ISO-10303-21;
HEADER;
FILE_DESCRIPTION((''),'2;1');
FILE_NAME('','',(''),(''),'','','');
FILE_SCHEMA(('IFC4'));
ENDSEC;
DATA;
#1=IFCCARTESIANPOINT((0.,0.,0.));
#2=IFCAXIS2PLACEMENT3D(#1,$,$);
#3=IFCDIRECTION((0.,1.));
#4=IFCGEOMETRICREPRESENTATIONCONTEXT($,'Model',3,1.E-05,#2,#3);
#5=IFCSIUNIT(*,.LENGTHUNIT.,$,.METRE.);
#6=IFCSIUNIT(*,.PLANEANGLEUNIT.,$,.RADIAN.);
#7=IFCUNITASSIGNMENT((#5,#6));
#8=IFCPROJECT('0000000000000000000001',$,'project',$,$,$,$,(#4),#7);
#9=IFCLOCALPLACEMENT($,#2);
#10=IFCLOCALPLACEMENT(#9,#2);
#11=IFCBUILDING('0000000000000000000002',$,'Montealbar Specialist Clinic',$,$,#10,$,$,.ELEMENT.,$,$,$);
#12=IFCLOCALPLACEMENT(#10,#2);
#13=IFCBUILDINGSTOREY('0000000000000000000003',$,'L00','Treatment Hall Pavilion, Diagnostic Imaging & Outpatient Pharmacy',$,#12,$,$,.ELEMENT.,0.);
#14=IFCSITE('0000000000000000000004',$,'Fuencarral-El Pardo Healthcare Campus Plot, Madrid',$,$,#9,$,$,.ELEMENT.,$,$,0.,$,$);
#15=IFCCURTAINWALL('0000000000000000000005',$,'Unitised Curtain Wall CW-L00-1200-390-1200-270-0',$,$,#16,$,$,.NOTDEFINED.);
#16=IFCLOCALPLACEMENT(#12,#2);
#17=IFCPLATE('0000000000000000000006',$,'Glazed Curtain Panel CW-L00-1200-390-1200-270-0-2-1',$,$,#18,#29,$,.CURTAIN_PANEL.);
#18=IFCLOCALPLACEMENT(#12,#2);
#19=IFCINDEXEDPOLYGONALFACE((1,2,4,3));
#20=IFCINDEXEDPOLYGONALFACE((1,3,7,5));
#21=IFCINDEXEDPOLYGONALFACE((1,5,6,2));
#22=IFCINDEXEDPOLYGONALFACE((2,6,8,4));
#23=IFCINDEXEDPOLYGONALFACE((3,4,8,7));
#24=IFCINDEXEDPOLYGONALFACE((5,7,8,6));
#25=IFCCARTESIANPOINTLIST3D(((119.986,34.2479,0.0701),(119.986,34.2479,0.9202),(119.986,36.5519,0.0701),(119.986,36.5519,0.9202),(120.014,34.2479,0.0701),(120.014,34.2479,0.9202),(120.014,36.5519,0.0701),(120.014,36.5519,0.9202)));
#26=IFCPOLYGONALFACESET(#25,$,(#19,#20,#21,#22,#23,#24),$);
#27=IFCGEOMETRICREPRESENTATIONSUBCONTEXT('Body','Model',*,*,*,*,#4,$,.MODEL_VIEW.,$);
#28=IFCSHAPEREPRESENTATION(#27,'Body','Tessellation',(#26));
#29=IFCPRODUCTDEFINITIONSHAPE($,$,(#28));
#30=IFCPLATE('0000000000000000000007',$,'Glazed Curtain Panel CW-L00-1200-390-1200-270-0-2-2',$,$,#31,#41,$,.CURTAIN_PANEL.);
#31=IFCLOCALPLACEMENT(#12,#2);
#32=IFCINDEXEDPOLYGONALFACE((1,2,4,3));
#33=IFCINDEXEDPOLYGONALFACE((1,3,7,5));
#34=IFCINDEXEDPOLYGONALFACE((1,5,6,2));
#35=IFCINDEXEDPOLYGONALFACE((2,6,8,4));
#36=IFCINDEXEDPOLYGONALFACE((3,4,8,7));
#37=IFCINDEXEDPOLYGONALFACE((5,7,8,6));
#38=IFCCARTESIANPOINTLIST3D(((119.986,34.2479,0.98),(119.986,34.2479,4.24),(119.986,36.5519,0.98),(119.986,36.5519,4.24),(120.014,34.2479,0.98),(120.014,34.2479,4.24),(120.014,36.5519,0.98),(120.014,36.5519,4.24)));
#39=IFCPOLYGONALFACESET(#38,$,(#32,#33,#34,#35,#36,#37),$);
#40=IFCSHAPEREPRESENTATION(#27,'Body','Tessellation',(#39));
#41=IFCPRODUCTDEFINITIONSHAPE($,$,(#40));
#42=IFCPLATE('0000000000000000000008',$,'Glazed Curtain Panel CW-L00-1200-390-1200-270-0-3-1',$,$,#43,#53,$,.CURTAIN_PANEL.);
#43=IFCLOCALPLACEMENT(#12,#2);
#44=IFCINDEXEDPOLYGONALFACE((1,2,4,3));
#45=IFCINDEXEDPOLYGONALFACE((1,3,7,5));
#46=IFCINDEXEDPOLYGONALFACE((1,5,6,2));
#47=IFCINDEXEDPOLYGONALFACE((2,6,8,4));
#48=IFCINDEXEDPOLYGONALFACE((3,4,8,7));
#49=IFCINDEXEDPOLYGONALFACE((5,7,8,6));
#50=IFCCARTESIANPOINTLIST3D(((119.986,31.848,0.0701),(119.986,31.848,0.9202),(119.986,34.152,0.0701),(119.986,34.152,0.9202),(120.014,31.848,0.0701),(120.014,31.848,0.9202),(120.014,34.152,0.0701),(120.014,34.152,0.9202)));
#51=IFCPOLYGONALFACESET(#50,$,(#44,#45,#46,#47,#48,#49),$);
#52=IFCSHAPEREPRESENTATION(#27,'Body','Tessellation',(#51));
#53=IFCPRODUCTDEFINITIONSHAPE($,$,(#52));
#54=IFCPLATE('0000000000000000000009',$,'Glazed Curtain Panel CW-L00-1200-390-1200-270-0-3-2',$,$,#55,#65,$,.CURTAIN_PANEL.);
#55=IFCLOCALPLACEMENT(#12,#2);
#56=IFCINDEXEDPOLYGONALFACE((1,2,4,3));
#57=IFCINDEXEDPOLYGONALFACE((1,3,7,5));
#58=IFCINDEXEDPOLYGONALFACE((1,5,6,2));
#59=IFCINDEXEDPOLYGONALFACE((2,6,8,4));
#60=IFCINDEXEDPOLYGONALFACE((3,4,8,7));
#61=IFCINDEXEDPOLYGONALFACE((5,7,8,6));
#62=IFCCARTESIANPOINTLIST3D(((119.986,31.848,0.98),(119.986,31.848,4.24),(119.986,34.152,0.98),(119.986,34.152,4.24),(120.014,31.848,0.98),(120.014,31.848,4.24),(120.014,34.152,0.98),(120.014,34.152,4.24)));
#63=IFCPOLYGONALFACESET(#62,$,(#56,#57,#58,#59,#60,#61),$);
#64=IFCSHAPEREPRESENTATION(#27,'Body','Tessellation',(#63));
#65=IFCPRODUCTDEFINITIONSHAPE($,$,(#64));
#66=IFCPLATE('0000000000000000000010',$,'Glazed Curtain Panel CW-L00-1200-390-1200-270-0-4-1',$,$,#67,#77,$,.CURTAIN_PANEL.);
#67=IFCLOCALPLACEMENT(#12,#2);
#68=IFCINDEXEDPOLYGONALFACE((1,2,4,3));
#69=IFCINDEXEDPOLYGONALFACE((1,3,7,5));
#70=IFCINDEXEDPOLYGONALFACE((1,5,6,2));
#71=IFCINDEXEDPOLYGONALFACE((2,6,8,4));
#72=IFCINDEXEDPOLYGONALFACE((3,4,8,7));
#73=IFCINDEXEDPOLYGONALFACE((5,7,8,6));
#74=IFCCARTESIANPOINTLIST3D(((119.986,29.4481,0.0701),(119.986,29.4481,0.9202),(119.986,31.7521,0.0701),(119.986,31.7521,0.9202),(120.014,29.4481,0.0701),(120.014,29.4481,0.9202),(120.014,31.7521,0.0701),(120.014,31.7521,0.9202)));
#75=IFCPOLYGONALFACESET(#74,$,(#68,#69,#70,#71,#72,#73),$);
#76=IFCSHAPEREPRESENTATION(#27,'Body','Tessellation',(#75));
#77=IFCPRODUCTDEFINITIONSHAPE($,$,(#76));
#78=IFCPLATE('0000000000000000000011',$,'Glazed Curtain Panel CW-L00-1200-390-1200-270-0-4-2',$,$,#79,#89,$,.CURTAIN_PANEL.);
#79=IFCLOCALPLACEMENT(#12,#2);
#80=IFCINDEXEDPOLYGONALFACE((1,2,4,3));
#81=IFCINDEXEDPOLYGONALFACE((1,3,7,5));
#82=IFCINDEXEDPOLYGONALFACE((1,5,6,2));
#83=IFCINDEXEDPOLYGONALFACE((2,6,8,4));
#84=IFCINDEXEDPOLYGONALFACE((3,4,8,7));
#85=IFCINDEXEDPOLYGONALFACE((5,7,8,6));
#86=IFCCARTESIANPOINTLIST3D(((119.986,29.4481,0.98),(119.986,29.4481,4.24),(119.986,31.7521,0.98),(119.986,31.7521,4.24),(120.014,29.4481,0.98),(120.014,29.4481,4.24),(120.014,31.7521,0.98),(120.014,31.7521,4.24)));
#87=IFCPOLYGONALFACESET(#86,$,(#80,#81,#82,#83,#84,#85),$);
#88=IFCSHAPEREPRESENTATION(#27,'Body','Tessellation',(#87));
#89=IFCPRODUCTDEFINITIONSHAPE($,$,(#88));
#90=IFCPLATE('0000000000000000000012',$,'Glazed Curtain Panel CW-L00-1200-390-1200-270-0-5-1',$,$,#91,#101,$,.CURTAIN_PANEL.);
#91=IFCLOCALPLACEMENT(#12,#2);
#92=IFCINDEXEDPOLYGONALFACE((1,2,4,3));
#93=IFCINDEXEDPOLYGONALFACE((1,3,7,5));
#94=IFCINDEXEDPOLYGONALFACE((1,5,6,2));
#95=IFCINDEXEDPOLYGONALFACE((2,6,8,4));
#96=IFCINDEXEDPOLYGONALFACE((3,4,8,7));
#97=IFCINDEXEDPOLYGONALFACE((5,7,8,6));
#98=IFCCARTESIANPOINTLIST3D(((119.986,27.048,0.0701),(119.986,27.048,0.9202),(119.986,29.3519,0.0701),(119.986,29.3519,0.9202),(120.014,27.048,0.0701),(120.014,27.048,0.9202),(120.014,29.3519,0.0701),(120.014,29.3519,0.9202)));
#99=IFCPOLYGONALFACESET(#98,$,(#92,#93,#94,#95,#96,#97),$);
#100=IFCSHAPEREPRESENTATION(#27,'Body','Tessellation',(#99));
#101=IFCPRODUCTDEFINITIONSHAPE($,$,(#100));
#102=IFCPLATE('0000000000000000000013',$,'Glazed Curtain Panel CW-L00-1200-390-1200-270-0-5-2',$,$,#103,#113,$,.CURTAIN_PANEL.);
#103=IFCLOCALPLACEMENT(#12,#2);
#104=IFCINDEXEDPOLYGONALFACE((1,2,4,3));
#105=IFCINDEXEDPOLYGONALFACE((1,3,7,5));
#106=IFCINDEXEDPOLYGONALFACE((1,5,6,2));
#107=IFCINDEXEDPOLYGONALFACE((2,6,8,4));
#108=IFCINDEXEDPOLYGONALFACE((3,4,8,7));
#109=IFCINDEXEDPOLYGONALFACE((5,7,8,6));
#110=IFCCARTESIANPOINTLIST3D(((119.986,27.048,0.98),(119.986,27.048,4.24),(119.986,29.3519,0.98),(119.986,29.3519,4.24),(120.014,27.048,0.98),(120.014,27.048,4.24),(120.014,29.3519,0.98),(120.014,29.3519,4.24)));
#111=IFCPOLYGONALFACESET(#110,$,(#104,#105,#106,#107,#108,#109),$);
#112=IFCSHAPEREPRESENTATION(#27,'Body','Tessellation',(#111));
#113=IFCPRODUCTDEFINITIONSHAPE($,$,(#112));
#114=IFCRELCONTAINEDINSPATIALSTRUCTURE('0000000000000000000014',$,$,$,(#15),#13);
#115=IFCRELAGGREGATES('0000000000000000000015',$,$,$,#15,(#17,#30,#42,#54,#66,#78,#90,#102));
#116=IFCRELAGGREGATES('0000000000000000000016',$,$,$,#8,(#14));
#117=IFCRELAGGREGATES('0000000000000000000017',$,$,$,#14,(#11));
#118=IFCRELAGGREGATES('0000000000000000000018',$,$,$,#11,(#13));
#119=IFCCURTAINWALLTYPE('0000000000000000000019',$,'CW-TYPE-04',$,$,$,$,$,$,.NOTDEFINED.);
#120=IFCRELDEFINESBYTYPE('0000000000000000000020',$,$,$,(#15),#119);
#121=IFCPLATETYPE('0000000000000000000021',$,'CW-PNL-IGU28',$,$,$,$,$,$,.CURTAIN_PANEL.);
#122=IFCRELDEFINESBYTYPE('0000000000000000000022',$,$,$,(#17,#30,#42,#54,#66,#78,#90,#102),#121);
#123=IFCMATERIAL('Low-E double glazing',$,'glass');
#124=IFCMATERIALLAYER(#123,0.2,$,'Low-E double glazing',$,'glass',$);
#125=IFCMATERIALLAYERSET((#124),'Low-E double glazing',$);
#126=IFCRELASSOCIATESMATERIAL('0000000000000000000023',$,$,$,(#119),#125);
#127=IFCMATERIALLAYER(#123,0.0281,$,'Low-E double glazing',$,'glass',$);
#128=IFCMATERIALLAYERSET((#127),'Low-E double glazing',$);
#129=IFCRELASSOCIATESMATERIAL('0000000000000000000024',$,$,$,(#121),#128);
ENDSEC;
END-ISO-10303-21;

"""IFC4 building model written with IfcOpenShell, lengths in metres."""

from ifc_helpers import new_model, si_unit, direction, frame, origin, origin_2d, place, context, subcontext, project, spatial, rectangle, extrude, material, layer, layer_set, type_object, element, aggregate, save


model = new_model("IFC4")

# Units and contexts
model_context = context("Model", 3, precision=1e-05, world=origin(), true_north=direction((0.0, 1.0)))
body_context = subcontext(model_context, "Body", "Model", "MODEL_VIEW")
ifc_project = project(units=[si_unit("LENGTHUNIT", "METRE"), si_unit("PLANEANGLEUNIT", "RADIAN")], contexts=[model_context])

# Site, building, storey
site_placement = place(None, origin())
site = spatial("IfcSite", under=ifc_project, at=site_placement, Name="Fuencarral-El Pardo Healthcare Campus Plot, Madrid", CompositionType="ELEMENT", RefElevation=0.0)
building_placement = place(site_placement, origin())
building = spatial("IfcBuilding", under=site, at=building_placement, Name="Montealbar Specialist Clinic", CompositionType="ELEMENT")
storey_placement = place(building_placement, origin())
storey = spatial("IfcBuildingStorey", under=building, at=storey_placement, Name="L00", Description="Treatment Hall Pavilion, Diagnostic Imaging & Outpatient Pharmacy", CompositionType="ELEMENT", Elevation=0.0)

# Curtain wall, plates
ifc_material_1 = material(Name="Low-E double glazing", Category="glass")
ifc_layer_1 = layer(ifc_material_1, 0.2, Name="Low-E double glazing", Category="glass")
ifc_layer_set_1 = layer_set([ifc_layer_1], Name="Low-E double glazing")
curtain_wall_type = type_object("IfcCurtainWallType", Name="CW-TYPE-04", PredefinedType="NOTDEFINED", material=ifc_layer_set_1)
curtain_wall_placement = place(storey_placement, origin())
curtain_wall = element("IfcCurtainWall", 1, at=curtain_wall_placement, inside=storey, type_object=curtain_wall_type, Name="Unitised Curtain Wall CW-L00-1200-390-1200-270-0", PredefinedType="NOTDEFINED")
ifc_layer_2 = layer(ifc_material_1, 0.0281, Name="Low-E double glazing", Category="glass")
ifc_layer_set_2 = layer_set([ifc_layer_2], Name="Low-E double glazing")
plate_type = type_object("IfcPlateType", Name="CW-PNL-IGU28", PredefinedType="CURTAIN_PANEL", material=ifc_layer_set_2)
plate_1_placement = place(storey_placement, frame((120.0, 35.3999, 0.0701), z_axis=(0.0, 0.0, 1.0), x_axis=(0.0, -1.0, 0.0)))
plate_1 = element("IfcPlate", 2, at=plate_1_placement, type_object=plate_type, Name="Glazed Curtain Panel CW-L00-1200-390-1200-270-0-2-1", PredefinedType="CURTAIN_PANEL", context=body_context, shape_type="SweptSolid", body=[
    extrude(rectangle(XDim=2.304, YDim=0.0281, at=origin_2d()), origin(), (0.0, 0.0, 1.0), 0.8501),
])
plate_2_placement = place(storey_placement, frame((120.0, 35.3999, 0.98), z_axis=(0.0, 0.0, 1.0), x_axis=(0.0, -1.0, 0.0)))
plate_2 = element("IfcPlate", 3, at=plate_2_placement, type_object=plate_type, Name="Glazed Curtain Panel CW-L00-1200-390-1200-270-0-2-2", PredefinedType="CURTAIN_PANEL", context=body_context, shape_type="SweptSolid", body=[
    extrude(rectangle(XDim=2.304, YDim=0.0281, at=origin_2d()), origin(), (0.0, 0.0, 1.0), 3.26),
])
plate_3_placement = place(storey_placement, frame((120.0, 33.0, 0.0701), z_axis=(0.0, 0.0, 1.0), x_axis=(0.0, -1.0, 0.0)))
plate_3 = element("IfcPlate", 4, at=plate_3_placement, type_object=plate_type, Name="Glazed Curtain Panel CW-L00-1200-390-1200-270-0-3-1", PredefinedType="CURTAIN_PANEL", context=body_context, shape_type="SweptSolid", body=[
    extrude(rectangle(XDim=2.304, YDim=0.0281, at=origin_2d()), origin(), (0.0, 0.0, 1.0), 0.8501),
])
plate_4_placement = place(storey_placement, frame((120.0, 33.0, 0.98), z_axis=(0.0, 0.0, 1.0), x_axis=(0.0, -1.0, 0.0)))
plate_4 = element("IfcPlate", 5, at=plate_4_placement, type_object=plate_type, Name="Glazed Curtain Panel CW-L00-1200-390-1200-270-0-3-2", PredefinedType="CURTAIN_PANEL", context=body_context, shape_type="SweptSolid", body=[
    extrude(rectangle(XDim=2.304, YDim=0.0281, at=origin_2d()), origin(), (0.0, 0.0, 1.0), 3.26),
])
plate_5_placement = place(storey_placement, frame((120.0, 30.6001, 0.0701), z_axis=(0.0, 0.0, 1.0), x_axis=(0.0, -1.0, 0.0)))
plate_5 = element("IfcPlate", 6, at=plate_5_placement, type_object=plate_type, Name="Glazed Curtain Panel CW-L00-1200-390-1200-270-0-4-1", PredefinedType="CURTAIN_PANEL", context=body_context, shape_type="SweptSolid", body=[
    extrude(rectangle(XDim=2.304, YDim=0.0281, at=origin_2d()), origin(), (0.0, 0.0, 1.0), 0.8501),
])
plate_6_placement = place(storey_placement, frame((120.0, 30.6001, 0.98), z_axis=(0.0, 0.0, 1.0), x_axis=(0.0, -1.0, 0.0)))
plate_6 = element("IfcPlate", 7, at=plate_6_placement, type_object=plate_type, Name="Glazed Curtain Panel CW-L00-1200-390-1200-270-0-4-2", PredefinedType="CURTAIN_PANEL", context=body_context, shape_type="SweptSolid", body=[
    extrude(rectangle(XDim=2.304, YDim=0.0281, at=origin_2d()), origin(), (0.0, 0.0, 1.0), 3.26),
])
plate_7_placement = place(storey_placement, frame((120.0, 28.2, 0.0701), z_axis=(0.0, 0.0, 1.0), x_axis=(0.0, -1.0, 0.0)))
plate_7 = element("IfcPlate", 8, at=plate_7_placement, type_object=plate_type, Name="Glazed Curtain Panel CW-L00-1200-390-1200-270-0-5-1", PredefinedType="CURTAIN_PANEL", context=body_context, shape_type="SweptSolid", body=[
    extrude(rectangle(XDim=2.304, YDim=0.0281, at=origin_2d()), origin(), (0.0, 0.0, 1.0), 0.8501),
])
plate_8_placement = place(storey_placement, frame((120.0, 28.2, 0.98), z_axis=(0.0, 0.0, 1.0), x_axis=(0.0, -1.0, 0.0)))
plate_8 = element("IfcPlate", 9, at=plate_8_placement, type_object=plate_type, Name="Glazed Curtain Panel CW-L00-1200-390-1200-270-0-5-2", PredefinedType="CURTAIN_PANEL", context=body_context, shape_type="SweptSolid", body=[
    extrude(rectangle(XDim=2.304, YDim=0.0281, at=origin_2d()), origin(), (0.0, 0.0, 1.0), 3.26),
])
aggregate(curtain_wall, [plate_1, plate_2, plate_3, plate_4, plate_5, plate_6, plate_7, plate_8])

save(model, "model.ifc")
